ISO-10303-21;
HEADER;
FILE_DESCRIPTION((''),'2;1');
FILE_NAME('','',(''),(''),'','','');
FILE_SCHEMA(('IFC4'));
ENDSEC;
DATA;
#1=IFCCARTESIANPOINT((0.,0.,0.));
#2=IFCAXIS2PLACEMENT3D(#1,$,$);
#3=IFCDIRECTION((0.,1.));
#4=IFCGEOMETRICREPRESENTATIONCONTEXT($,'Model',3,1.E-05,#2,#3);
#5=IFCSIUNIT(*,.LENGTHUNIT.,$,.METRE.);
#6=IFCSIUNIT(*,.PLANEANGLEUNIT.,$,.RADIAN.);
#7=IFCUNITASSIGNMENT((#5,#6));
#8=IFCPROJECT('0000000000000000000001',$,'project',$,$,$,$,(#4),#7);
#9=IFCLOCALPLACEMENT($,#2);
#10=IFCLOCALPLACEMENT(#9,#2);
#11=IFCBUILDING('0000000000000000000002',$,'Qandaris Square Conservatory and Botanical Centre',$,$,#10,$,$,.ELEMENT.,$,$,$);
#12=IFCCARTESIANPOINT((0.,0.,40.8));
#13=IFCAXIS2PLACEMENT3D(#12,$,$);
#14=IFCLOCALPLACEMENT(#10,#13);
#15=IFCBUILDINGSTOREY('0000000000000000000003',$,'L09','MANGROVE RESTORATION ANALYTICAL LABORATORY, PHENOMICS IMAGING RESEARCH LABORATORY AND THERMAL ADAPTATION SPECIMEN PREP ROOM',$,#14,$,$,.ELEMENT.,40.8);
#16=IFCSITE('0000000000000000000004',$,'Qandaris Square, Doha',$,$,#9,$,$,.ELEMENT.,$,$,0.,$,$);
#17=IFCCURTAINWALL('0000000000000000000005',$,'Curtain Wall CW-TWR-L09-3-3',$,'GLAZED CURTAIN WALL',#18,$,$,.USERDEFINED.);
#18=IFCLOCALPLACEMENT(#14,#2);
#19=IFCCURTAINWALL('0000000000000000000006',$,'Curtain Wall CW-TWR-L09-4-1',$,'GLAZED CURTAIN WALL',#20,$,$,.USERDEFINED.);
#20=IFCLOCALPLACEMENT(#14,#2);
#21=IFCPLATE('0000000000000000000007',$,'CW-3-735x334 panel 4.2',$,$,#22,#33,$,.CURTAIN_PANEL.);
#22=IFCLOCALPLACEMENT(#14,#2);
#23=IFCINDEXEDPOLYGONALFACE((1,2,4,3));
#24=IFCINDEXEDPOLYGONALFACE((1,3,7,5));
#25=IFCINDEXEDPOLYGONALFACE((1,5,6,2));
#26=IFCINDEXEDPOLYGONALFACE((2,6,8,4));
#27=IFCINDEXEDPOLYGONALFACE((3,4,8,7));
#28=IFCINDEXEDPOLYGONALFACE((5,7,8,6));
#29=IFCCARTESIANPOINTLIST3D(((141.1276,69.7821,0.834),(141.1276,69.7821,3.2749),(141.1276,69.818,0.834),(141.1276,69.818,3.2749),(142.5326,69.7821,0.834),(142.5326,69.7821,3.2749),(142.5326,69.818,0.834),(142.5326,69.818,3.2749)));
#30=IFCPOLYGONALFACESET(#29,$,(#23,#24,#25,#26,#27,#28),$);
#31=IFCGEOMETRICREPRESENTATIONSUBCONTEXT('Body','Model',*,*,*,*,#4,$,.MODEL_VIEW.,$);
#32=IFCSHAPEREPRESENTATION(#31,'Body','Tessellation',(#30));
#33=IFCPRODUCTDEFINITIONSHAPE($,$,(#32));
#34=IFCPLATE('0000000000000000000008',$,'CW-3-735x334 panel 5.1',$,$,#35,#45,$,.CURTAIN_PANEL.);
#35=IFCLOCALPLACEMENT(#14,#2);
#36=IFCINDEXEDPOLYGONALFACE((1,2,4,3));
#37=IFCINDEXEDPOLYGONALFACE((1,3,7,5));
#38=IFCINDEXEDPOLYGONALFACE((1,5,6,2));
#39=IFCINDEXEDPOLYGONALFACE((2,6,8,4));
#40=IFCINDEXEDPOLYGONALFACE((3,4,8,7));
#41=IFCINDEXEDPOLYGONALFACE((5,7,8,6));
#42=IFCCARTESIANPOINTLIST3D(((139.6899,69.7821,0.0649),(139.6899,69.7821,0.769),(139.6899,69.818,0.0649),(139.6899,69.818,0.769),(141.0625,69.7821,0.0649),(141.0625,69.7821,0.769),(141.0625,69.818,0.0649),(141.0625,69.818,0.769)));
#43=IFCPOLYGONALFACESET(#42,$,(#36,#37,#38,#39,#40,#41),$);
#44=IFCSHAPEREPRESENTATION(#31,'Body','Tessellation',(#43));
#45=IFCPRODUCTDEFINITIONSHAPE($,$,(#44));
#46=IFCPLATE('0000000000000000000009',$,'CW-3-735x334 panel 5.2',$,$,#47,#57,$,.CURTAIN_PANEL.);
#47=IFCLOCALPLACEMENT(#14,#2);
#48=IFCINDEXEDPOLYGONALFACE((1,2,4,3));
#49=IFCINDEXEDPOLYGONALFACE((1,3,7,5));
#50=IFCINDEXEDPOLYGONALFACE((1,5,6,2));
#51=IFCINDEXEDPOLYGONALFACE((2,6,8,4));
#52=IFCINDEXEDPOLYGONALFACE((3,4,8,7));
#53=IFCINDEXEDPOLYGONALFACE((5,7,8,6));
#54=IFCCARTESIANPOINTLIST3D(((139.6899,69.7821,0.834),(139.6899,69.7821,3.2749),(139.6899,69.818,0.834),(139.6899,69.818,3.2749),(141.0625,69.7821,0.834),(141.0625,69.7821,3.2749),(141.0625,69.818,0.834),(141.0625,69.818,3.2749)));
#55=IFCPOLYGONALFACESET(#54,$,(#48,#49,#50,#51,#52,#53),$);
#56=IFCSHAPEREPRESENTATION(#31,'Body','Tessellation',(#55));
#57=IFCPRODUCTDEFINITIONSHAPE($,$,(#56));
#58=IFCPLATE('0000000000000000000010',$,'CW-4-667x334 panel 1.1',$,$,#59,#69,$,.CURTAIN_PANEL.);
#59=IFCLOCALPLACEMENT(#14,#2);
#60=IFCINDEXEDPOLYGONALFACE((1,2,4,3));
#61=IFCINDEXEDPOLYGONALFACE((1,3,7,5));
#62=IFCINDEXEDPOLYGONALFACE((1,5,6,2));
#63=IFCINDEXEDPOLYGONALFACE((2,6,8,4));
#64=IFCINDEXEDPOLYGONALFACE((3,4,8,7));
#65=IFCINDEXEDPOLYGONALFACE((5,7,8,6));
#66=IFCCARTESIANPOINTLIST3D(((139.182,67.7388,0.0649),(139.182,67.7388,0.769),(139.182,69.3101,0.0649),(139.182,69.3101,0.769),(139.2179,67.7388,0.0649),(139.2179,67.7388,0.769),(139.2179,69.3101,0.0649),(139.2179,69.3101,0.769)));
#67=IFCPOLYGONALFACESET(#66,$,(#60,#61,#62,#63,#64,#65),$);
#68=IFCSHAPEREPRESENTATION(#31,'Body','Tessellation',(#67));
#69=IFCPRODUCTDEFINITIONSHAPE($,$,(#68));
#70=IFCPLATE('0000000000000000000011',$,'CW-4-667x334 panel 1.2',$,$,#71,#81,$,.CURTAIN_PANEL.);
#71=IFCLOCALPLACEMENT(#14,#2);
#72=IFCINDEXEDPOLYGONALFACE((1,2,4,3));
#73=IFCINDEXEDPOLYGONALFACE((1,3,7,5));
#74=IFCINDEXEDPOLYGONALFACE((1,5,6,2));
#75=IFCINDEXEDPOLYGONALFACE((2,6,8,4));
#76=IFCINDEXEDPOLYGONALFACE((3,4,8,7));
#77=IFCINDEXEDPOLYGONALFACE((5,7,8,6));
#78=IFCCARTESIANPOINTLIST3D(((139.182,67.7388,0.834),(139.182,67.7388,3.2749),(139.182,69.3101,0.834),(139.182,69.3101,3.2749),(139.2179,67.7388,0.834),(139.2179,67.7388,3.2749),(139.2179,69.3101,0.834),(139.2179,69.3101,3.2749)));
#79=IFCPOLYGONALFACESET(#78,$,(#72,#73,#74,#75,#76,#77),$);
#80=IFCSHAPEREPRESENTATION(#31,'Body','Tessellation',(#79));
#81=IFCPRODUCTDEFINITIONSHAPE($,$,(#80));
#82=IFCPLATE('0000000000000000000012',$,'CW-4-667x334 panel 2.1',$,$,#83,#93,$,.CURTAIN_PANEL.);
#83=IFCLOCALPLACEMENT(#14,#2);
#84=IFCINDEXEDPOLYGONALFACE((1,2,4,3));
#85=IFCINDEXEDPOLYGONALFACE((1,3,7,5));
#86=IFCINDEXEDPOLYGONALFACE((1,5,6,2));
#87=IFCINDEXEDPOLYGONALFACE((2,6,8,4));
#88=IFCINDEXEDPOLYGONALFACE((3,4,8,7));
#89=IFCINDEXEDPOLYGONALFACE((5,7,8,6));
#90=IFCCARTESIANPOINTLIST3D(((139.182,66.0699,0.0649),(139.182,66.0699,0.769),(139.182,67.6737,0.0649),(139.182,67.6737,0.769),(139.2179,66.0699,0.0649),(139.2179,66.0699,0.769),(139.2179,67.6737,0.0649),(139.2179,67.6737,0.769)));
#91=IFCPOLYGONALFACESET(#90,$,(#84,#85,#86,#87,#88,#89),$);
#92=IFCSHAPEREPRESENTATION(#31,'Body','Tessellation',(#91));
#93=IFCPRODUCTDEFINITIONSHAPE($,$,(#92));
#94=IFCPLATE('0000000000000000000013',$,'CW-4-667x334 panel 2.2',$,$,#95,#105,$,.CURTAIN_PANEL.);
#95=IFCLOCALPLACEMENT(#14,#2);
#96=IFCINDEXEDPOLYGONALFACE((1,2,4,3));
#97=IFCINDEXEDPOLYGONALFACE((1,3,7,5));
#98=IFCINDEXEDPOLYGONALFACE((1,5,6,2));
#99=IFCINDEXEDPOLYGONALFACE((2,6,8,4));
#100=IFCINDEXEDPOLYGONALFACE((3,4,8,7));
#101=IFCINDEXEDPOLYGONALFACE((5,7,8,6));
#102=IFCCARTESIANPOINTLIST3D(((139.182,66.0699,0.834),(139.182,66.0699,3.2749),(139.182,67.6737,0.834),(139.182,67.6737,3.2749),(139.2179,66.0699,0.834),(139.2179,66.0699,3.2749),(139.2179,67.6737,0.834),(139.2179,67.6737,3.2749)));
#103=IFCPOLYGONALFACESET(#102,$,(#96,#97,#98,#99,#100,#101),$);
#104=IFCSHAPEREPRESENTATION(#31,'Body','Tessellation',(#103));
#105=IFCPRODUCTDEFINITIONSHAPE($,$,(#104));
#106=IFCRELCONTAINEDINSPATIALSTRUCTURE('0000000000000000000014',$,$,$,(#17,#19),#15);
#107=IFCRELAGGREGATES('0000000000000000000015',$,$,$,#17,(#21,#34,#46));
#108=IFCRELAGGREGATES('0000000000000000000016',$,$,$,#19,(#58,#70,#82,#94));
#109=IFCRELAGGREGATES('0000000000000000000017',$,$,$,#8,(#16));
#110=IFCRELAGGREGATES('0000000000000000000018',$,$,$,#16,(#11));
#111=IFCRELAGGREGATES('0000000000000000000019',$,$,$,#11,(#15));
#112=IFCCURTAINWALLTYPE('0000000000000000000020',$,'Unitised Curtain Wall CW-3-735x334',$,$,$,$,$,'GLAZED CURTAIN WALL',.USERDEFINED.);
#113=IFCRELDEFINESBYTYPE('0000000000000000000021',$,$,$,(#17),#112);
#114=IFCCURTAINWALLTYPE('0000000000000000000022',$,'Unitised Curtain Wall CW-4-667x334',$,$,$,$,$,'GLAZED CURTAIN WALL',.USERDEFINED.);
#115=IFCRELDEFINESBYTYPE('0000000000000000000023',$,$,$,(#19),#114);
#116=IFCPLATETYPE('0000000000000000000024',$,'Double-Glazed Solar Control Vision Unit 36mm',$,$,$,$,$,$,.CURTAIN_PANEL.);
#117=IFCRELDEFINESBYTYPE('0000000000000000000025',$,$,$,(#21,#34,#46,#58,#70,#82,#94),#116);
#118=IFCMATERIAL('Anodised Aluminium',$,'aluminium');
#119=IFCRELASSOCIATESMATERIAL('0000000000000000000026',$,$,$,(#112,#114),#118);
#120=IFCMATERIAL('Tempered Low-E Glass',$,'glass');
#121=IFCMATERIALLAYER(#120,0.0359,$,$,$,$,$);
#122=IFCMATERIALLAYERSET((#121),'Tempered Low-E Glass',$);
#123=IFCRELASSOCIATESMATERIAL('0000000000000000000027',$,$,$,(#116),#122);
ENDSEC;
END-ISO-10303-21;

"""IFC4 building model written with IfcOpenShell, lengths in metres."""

from ifc_helpers import new_model, si_unit, direction, frame, origin, origin_2d, place, context, subcontext, project, spatial, rectangle, extrude, material, layer, layer_set, type_object, element, aggregate, save


model = new_model("IFC4")

# Units and contexts
model_context = context("Model", 3, precision=1e-05, world=origin(), true_north=direction((0.0, 1.0)))
body_context = subcontext(model_context, "Body", "Model", "MODEL_VIEW")
ifc_project = project(units=[si_unit("LENGTHUNIT", "METRE"), si_unit("PLANEANGLEUNIT", "RADIAN")], contexts=[model_context])

# Site, building, storey
site_placement = place(None, origin())
site = spatial("IfcSite", under=ifc_project, at=site_placement, Name="Qandaris Square, Doha", CompositionType="ELEMENT", RefElevation=0.0)
building_placement = place(site_placement, origin())
building = spatial("IfcBuilding", under=site, at=building_placement, Name="Qandaris Square Conservatory and Botanical Centre", CompositionType="ELEMENT")
storey_placement = place(building_placement, frame((0.0, 0.0, 40.8)))
storey = spatial("IfcBuildingStorey", under=building, at=storey_placement, Name="L09", Description="MANGROVE RESTORATION ANALYTICAL LABORATORY, PHENOMICS IMAGING RESEARCH LABORATORY AND THERMAL ADAPTATION SPECIMEN PREP ROOM", CompositionType="ELEMENT", Elevation=40.8)

# Curtain walls
ifc_material_1 = material(Name="Anodised Aluminium", Category="aluminium")
curtain_wall_type_1 = type_object("IfcCurtainWallType", Name="Unitised Curtain Wall CW-3-735x334", ElementType="GLAZED CURTAIN WALL", PredefinedType="USERDEFINED", material=ifc_material_1)
curtain_wall_1_placement = place(storey_placement, origin())
curtain_wall_1 = element("IfcCurtainWall", 1, at=curtain_wall_1_placement, inside=storey, type_object=curtain_wall_type_1, Name="Curtain Wall CW-TWR-L09-3-3", ObjectType="GLAZED CURTAIN WALL", PredefinedType="USERDEFINED")
curtain_wall_type_2 = type_object("IfcCurtainWallType", Name="Unitised Curtain Wall CW-4-667x334", ElementType="GLAZED CURTAIN WALL", PredefinedType="USERDEFINED", material=ifc_material_1)
curtain_wall_2_placement = place(storey_placement, origin())
curtain_wall_2 = element("IfcCurtainWall", 2, at=curtain_wall_2_placement, inside=storey, type_object=curtain_wall_type_2, Name="Curtain Wall CW-TWR-L09-4-1", ObjectType="GLAZED CURTAIN WALL", PredefinedType="USERDEFINED")

# Plates
ifc_material_2 = material(Name="Tempered Low-E Glass", Category="glass")
ifc_layer = layer(ifc_material_2, 0.0359)
ifc_layer_set = layer_set([ifc_layer], Name="Tempered Low-E Glass")
plate_type = type_object("IfcPlateType", Name="Double-Glazed Solar Control Vision Unit 36mm", PredefinedType="CURTAIN_PANEL", material=ifc_layer_set)
plate_1_placement = place(storey_placement, frame((141.8301, 69.8, 0.834), z_axis=(0.0, 0.0, 1.0), x_axis=(-1.0, 0.0, 0.0)))
plate_1 = element("IfcPlate", 3, at=plate_1_placement, type_object=plate_type, Name="CW-3-735x334 panel 4.2", PredefinedType="CURTAIN_PANEL", context=body_context, shape_type="SweptSolid", body=[
    extrude(rectangle(XDim=1.405, YDim=0.0359, at=origin_2d()), origin(), (0.0, 0.0, 1.0), 2.4409),
])
plate_2_placement = place(storey_placement, frame((140.3762, 69.8, 0.0649), z_axis=(0.0, 0.0, 1.0), x_axis=(-1.0, 0.0, 0.0)))
plate_2 = element("IfcPlate", 4, at=plate_2_placement, type_object=plate_type, Name="CW-3-735x334 panel 5.1", PredefinedType="CURTAIN_PANEL", context=body_context, shape_type="SweptSolid", body=[
    extrude(rectangle(XDim=1.3726, YDim=0.0359, at=origin_2d()), origin(), (0.0, 0.0, 1.0), 0.7041),
])
plate_3_placement = place(storey_placement, frame((140.3762, 69.8, 0.834), z_axis=(0.0, 0.0, 1.0), x_axis=(-1.0, 0.0, 0.0)))
plate_3 = element("IfcPlate", 5, at=plate_3_placement, type_object=plate_type, Name="CW-3-735x334 panel 5.2", PredefinedType="CURTAIN_PANEL", context=body_context, shape_type="SweptSolid", body=[
    extrude(rectangle(XDim=1.3726, YDim=0.0359, at=origin_2d()), origin(), (0.0, 0.0, 1.0), 2.4409),
])
aggregate(curtain_wall_1, [plate_1, plate_2, plate_3])
plate_4_placement = place(storey_placement, frame((139.2, 68.5244, 0.0649), z_axis=(0.0, 0.0, 1.0), x_axis=(0.0, -1.0, 0.0)))
plate_4 = element("IfcPlate", 6, at=plate_4_placement, type_object=plate_type, Name="CW-4-667x334 panel 1.1", PredefinedType="CURTAIN_PANEL", context=body_context, shape_type="SweptSolid", body=[
    extrude(rectangle(XDim=1.5713, YDim=0.0359, at=origin_2d()), origin(), (0.0, 0.0, 1.0), 0.7041),
])
plate_5_placement = place(storey_placement, frame((139.2, 68.5244, 0.834), z_axis=(0.0, 0.0, 1.0), x_axis=(0.0, -1.0, 0.0)))
plate_5 = element("IfcPlate", 7, at=plate_5_placement, type_object=plate_type, Name="CW-4-667x334 panel 1.2", PredefinedType="CURTAIN_PANEL", context=body_context, shape_type="SweptSolid", body=[
    extrude(rectangle(XDim=1.5713, YDim=0.0359, at=origin_2d()), origin(), (0.0, 0.0, 1.0), 2.4409),
])
plate_6_placement = place(storey_placement, frame((139.2, 66.8718, 0.0649), z_axis=(0.0, 0.0, 1.0), x_axis=(0.0, -1.0, 0.0)))
plate_6 = element("IfcPlate", 8, at=plate_6_placement, type_object=plate_type, Name="CW-4-667x334 panel 2.1", PredefinedType="CURTAIN_PANEL", context=body_context, shape_type="SweptSolid", body=[
    extrude(rectangle(XDim=1.6038, YDim=0.0359, at=origin_2d()), origin(), (0.0, 0.0, 1.0), 0.7041),
])
plate_7_placement = place(storey_placement, frame((139.2, 66.8718, 0.834), z_axis=(0.0, 0.0, 1.0), x_axis=(0.0, -1.0, 0.0)))
plate_7 = element("IfcPlate", 9, at=plate_7_placement, type_object=plate_type, Name="CW-4-667x334 panel 2.2", PredefinedType="CURTAIN_PANEL", context=body_context, shape_type="SweptSolid", body=[
    extrude(rectangle(XDim=1.6038, YDim=0.0359, at=origin_2d()), origin(), (0.0, 0.0, 1.0), 2.4409),
])
aggregate(curtain_wall_2, [plate_4, plate_5, plate_6, plate_7])

save(model, "model.ifc")
